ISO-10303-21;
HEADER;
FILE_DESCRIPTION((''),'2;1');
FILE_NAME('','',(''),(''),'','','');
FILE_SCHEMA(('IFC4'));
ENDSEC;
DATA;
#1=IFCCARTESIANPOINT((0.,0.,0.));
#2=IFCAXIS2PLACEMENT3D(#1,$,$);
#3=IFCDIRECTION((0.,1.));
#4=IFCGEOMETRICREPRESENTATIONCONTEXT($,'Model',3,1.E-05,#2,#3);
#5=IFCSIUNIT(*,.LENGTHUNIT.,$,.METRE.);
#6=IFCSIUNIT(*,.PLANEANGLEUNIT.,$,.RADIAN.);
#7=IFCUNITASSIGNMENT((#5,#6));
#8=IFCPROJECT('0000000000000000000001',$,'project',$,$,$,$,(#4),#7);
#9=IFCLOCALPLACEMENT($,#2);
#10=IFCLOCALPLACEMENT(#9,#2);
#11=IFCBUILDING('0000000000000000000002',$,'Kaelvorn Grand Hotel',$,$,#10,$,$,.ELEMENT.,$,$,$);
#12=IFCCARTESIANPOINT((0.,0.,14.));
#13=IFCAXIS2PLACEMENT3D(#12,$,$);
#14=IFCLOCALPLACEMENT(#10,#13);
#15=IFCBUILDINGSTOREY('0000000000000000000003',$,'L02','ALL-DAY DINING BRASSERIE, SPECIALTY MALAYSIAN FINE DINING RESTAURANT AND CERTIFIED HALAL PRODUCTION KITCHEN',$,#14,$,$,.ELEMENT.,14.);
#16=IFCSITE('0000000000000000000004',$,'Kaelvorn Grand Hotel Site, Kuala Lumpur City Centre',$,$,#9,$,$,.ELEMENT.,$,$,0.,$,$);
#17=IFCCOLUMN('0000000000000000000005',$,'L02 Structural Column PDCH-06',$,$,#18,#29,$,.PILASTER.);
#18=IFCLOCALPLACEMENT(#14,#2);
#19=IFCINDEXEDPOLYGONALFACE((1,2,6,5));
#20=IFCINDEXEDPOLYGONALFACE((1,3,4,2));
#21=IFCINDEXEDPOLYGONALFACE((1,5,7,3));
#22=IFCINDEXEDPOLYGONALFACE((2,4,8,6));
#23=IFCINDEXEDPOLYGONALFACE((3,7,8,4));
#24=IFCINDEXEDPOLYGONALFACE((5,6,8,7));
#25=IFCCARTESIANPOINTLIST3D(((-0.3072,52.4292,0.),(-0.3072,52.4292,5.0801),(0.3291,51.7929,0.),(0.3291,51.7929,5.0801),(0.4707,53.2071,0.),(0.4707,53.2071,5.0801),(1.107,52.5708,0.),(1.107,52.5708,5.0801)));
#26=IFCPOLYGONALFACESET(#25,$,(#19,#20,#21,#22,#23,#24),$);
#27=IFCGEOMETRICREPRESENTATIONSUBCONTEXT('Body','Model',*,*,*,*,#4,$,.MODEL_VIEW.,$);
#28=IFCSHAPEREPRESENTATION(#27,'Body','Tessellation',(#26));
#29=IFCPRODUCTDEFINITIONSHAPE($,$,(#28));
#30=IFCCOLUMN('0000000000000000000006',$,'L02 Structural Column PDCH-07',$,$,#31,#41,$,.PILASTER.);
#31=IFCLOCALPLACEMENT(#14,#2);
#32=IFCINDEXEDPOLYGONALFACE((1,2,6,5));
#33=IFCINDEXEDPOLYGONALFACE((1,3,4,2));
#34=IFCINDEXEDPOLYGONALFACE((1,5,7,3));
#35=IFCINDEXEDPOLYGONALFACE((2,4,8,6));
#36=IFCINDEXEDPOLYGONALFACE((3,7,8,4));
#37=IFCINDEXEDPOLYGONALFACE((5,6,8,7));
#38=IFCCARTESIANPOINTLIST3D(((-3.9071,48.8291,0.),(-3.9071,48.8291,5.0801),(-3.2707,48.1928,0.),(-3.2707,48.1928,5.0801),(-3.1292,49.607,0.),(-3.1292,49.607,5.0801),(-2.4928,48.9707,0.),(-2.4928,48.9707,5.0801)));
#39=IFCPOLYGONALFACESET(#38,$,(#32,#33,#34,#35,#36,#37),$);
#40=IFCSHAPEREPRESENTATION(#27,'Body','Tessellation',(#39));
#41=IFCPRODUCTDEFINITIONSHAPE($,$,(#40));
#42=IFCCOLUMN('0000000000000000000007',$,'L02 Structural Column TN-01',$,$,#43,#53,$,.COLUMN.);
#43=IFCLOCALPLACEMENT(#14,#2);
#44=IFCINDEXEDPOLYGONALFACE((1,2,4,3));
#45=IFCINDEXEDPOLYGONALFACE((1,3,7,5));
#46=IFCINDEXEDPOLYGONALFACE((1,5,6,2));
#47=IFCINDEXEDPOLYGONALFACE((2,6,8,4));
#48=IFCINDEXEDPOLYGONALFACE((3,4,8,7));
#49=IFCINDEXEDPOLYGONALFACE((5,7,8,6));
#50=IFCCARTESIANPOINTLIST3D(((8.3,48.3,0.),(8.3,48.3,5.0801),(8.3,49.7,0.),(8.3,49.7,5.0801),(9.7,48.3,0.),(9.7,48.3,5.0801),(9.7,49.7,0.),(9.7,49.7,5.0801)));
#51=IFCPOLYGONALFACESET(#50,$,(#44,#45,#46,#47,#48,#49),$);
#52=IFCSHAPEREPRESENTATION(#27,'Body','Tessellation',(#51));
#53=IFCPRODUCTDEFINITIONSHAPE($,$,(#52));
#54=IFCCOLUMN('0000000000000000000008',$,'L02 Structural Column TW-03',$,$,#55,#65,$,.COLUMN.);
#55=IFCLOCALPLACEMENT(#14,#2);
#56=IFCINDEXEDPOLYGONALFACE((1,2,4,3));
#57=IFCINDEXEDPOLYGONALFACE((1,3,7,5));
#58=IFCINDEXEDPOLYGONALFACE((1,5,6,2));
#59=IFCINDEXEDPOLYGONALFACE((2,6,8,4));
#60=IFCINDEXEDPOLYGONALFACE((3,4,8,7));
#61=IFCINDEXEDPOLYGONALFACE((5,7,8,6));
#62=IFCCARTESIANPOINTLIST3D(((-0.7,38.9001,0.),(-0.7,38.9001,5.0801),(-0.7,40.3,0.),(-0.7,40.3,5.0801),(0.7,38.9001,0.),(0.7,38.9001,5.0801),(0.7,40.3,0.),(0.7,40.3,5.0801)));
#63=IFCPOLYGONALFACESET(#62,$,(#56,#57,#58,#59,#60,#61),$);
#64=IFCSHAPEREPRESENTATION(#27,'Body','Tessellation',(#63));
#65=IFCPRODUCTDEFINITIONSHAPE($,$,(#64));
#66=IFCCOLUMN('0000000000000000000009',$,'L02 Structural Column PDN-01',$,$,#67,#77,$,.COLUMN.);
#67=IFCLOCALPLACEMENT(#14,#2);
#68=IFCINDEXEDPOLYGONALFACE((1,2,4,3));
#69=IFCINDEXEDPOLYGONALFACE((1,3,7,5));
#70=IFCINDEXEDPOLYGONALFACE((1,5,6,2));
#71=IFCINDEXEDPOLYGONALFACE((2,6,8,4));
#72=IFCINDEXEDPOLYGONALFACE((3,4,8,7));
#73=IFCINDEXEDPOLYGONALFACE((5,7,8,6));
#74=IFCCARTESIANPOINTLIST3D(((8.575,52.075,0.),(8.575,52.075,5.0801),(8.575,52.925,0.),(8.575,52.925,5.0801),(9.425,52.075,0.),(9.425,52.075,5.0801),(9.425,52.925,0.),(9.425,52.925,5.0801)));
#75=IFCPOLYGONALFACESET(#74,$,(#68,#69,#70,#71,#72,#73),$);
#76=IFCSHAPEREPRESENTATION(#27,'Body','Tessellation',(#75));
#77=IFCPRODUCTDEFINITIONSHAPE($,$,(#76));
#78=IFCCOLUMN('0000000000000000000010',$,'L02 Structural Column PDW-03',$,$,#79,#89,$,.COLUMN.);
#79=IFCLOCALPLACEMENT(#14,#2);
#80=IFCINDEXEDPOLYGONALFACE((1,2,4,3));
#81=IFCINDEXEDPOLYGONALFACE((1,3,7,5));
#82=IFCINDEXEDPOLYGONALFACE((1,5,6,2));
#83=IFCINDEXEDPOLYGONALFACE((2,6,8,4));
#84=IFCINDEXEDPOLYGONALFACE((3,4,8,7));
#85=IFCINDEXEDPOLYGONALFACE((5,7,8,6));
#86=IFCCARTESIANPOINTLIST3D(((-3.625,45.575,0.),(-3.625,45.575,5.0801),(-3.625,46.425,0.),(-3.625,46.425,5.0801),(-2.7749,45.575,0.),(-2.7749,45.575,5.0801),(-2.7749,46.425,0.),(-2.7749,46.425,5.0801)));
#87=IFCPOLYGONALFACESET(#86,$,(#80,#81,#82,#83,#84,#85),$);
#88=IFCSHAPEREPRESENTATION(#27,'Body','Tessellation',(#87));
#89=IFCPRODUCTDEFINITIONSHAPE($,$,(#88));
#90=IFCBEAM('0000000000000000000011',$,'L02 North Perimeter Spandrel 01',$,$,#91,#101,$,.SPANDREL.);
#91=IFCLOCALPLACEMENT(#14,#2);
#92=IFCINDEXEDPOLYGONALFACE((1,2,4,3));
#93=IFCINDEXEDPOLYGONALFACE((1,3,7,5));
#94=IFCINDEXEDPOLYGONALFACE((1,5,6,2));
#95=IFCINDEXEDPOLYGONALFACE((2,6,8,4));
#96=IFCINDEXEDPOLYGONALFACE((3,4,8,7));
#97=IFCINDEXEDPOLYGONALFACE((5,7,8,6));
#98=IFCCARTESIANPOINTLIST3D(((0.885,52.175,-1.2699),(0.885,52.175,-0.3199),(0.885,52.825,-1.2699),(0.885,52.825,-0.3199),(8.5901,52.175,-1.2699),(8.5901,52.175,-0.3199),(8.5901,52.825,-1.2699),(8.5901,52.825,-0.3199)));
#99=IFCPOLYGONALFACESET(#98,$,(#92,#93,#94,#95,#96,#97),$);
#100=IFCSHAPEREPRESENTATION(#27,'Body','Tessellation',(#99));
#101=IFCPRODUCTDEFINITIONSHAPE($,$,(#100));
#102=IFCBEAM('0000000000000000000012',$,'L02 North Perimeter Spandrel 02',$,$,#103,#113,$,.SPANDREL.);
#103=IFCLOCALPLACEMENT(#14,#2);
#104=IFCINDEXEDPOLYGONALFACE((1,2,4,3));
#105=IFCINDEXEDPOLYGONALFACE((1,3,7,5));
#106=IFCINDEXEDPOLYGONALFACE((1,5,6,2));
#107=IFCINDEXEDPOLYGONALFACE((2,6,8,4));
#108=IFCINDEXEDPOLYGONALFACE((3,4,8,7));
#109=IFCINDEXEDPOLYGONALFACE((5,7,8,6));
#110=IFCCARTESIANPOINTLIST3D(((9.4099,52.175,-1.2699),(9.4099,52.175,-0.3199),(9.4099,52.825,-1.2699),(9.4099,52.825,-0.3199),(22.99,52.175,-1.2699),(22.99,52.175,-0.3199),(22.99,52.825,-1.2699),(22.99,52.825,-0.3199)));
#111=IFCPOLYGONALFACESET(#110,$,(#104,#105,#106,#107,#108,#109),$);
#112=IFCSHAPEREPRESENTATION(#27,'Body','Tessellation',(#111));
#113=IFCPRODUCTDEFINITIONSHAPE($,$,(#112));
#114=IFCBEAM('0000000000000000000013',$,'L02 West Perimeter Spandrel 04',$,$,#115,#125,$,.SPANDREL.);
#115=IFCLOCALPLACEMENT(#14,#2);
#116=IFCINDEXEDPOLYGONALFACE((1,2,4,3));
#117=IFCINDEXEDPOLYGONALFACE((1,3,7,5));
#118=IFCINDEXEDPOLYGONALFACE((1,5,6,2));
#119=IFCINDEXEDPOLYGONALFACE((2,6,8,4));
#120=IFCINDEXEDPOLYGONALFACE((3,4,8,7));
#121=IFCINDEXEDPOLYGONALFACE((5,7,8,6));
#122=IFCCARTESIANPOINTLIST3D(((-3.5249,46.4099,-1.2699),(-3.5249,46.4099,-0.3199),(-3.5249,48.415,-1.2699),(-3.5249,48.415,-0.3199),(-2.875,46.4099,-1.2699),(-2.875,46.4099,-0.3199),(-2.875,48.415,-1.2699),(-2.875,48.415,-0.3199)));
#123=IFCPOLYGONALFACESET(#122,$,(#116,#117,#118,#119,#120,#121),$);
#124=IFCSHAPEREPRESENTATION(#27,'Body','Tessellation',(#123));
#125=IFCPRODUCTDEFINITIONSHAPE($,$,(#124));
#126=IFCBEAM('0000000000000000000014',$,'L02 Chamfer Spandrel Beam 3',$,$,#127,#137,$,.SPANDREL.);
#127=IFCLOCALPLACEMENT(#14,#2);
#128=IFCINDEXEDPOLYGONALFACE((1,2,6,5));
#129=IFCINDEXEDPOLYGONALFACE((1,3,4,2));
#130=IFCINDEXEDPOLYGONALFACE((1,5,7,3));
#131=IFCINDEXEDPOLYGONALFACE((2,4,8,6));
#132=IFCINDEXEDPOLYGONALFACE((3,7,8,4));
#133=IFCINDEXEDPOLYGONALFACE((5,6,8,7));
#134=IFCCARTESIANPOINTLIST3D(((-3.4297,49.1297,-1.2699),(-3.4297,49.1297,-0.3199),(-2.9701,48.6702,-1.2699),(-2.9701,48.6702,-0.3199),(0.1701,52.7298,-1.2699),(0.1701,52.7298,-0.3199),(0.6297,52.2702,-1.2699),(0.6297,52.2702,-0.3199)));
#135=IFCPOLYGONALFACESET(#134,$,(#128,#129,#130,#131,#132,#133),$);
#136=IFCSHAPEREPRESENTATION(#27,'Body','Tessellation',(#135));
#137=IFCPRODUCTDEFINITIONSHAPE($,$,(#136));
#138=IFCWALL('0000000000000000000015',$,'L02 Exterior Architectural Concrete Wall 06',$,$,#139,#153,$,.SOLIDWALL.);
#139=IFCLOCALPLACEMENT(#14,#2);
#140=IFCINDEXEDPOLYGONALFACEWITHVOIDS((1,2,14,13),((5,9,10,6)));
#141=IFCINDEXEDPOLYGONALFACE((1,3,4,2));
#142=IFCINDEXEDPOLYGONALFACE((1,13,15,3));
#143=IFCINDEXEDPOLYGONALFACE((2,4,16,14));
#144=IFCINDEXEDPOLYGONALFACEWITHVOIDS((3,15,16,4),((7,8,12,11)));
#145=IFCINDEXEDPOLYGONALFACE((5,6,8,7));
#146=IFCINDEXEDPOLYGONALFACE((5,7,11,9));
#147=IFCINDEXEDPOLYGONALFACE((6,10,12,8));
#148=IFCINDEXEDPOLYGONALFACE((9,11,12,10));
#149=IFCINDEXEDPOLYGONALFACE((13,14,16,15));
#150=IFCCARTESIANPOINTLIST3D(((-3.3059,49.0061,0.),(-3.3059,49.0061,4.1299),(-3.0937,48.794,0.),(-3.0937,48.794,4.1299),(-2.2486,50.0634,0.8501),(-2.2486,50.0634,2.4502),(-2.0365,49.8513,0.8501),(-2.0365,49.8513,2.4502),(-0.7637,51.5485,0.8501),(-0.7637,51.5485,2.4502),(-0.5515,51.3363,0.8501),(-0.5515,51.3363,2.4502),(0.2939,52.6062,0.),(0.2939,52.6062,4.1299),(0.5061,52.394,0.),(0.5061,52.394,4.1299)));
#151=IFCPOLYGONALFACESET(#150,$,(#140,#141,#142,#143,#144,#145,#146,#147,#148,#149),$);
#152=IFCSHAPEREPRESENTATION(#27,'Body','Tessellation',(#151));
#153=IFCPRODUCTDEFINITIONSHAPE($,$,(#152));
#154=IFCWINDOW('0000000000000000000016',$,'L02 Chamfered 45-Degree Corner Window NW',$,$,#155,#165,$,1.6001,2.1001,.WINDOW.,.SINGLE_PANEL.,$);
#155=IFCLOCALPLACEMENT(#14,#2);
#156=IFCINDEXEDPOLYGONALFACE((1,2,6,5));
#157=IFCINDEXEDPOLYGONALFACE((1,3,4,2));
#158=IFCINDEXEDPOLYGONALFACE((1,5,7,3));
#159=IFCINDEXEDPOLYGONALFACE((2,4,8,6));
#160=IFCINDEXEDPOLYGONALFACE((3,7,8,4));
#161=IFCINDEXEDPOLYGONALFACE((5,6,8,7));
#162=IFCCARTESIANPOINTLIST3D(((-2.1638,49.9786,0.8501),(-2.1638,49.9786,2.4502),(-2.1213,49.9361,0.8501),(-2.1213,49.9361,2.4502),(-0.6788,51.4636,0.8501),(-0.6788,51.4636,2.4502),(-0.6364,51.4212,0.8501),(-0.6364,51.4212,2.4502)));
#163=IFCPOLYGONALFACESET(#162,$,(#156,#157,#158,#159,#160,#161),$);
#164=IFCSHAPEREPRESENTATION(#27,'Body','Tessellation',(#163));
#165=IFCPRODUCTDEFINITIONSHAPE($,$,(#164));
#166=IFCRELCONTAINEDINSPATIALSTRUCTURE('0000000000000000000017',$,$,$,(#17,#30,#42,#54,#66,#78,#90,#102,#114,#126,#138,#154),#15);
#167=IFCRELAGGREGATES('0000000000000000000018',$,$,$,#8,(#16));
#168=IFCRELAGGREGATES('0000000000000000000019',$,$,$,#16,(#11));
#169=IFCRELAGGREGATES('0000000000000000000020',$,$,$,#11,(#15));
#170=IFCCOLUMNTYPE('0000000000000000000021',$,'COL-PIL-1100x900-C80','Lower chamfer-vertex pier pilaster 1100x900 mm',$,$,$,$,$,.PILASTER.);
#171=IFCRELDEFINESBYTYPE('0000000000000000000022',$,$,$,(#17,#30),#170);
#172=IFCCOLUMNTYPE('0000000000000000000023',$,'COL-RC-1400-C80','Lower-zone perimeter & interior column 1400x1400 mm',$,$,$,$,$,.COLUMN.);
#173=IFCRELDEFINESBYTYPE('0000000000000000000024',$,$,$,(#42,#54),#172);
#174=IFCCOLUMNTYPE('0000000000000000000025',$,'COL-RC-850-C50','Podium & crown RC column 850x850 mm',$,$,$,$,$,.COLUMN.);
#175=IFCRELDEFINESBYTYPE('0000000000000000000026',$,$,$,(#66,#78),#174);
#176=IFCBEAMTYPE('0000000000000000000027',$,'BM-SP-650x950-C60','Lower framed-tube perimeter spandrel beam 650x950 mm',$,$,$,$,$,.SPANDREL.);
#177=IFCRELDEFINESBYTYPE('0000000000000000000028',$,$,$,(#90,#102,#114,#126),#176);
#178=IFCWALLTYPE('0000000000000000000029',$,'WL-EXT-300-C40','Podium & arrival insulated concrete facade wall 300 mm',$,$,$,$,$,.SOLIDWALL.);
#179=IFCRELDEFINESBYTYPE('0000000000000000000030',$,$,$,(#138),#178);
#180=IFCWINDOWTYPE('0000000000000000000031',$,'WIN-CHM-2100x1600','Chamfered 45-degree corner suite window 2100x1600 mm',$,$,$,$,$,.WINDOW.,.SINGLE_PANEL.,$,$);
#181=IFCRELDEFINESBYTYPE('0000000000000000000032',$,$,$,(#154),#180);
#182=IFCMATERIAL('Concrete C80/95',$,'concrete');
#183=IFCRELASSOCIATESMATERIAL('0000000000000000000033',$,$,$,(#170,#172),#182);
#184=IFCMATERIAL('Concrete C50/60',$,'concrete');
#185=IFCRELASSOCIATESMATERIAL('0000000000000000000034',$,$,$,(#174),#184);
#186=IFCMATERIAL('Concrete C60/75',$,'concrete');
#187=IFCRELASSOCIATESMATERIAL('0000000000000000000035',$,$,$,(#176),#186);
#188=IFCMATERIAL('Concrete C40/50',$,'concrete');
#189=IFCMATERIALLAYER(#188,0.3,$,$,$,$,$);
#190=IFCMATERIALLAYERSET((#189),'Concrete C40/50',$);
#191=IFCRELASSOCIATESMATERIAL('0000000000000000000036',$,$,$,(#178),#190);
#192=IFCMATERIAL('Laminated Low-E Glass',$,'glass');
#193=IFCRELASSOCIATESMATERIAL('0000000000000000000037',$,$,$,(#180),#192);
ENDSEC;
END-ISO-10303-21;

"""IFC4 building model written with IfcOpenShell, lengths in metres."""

from ifc_helpers import new_model, si_unit, direction, frame, frame_2d, origin, origin_2d, place, context, subcontext, project, spatial, rectangle, extrude, material, layer, layer_set, material_profile, profile_set, type_object, element, fill, save


model = new_model("IFC4")

# Units and contexts
model_context = context("Model", 3, precision=1e-05, world=origin(), true_north=direction((0.0, 1.0)))
body_context = subcontext(model_context, "Body", "Model", "MODEL_VIEW")
ifc_project = project(units=[si_unit("LENGTHUNIT", "METRE"), si_unit("PLANEANGLEUNIT", "RADIAN")], contexts=[model_context])

# Site, building, storey
site_placement = place(None, origin())
site = spatial("IfcSite", under=ifc_project, at=site_placement, Name="Kaelvorn Grand Hotel Site, Kuala Lumpur City Centre", CompositionType="ELEMENT", RefElevation=0.0)
building_placement = place(site_placement, origin())
building = spatial("IfcBuilding", under=site, at=building_placement, Name="Kaelvorn Grand Hotel", CompositionType="ELEMENT")
storey_placement = place(building_placement, frame((0.0, 0.0, 14.0)))
storey = spatial("IfcBuildingStorey", under=building, at=storey_placement, Name="L02", Description="ALL-DAY DINING BRASSERIE, SPECIALTY MALAYSIAN FINE DINING RESTAURANT AND CERTIFIED HALAL PRODUCTION KITCHEN", CompositionType="ELEMENT", Elevation=14.0)

# Columns
ifc_material_1 = material(Name="Concrete C80/95", Category="concrete")
ifc_material_profile_1 = material_profile(ifc_material_1, rectangle(XDim=1.1001, YDim=0.8999, at=origin_2d()), Name="RC PILASTER 1100x900")
ifc_profile_set_1 = profile_set([ifc_material_profile_1], Name="Concrete C80/95")
column_type_1 = type_object("IfcColumnType", Name="COL-PIL-1100x900-C80", Description="Lower chamfer-vertex pier pilaster 1100x900 mm", PredefinedType="PILASTER", material=ifc_profile_set_1)
for number, where, z_axis, x_axis, name in (
    (1, (0.3999, 52.5, 0.0), (0.0, 0.0, 1.0), (0.707107, 0.707107, 0.0), "L02 Structural Column PDCH-06"),
    (2, (-3.2, 48.8999, 0.0), (0.0, 0.0, 1.0), (0.707107, 0.707107, 0.0), "L02 Structural Column PDCH-07"),
):
    element("IfcColumn", number, at=place(storey_placement, frame(where, z_axis=z_axis, x_axis=x_axis)), inside=storey, type_object=column_type_1, Name=name, PredefinedType="PILASTER", context=body_context, shape_type="SweptSolid", body=[
        extrude(rectangle(XDim=1.1001, YDim=0.8999, at=origin_2d()), origin(), (0.0, 0.0, 1.0), 5.0801),
    ])
ifc_material_profile_2 = material_profile(ifc_material_1, rectangle(XDim=1.3999, YDim=1.3999, at=origin_2d()), Name="RC COL 1400x1400")
ifc_profile_set_2 = profile_set([ifc_material_profile_2], Name="Concrete C80/95")
column_type_2 = type_object("IfcColumnType", Name="COL-RC-1400-C80", Description="Lower-zone perimeter & interior column 1400x1400 mm", PredefinedType="COLUMN", material=ifc_profile_set_2)
for number, where, z_axis, x_axis, name in (
    (3, (9.0, 49.0, 0.0), (0.0, 0.0, 1.0), (1.0, 0.0, 0.0), "L02 Structural Column TN-01"),
    (4, (0.0, 39.6001, 0.0), (0.0, 0.0, 1.0), (1.0, 0.0, 0.0), "L02 Structural Column TW-03"),
):
    element("IfcColumn", number, at=place(storey_placement, frame(where, z_axis=z_axis, x_axis=x_axis)), inside=storey, type_object=column_type_2, Name=name, PredefinedType="COLUMN", context=body_context, shape_type="SweptSolid", body=[
        extrude(rectangle(XDim=1.3999, YDim=1.3999, at=origin_2d()), origin(), (0.0, 0.0, 1.0), 5.0801),
    ])
ifc_material_2 = material(Name="Concrete C50/60", Category="concrete")
ifc_material_profile_3 = material_profile(ifc_material_2, rectangle(XDim=0.8501, YDim=0.8501, at=origin_2d()), Name="RC COL 850x850")
ifc_profile_set_3 = profile_set([ifc_material_profile_3], Name="Concrete C50/60")
column_type_3 = type_object("IfcColumnType", Name="COL-RC-850-C50", Description="Podium & crown RC column 850x850 mm", PredefinedType="COLUMN", material=ifc_profile_set_3)
for number, where, z_axis, x_axis, name in (
    (5, (9.0, 52.5, 0.0), (0.0, 0.0, 1.0), (1.0, 0.0, 0.0), "L02 Structural Column PDN-01"),
    (6, (-3.2, 46.0, 0.0), (0.0, 0.0, 1.0), (1.0, 0.0, 0.0), "L02 Structural Column PDW-03"),
):
    element("IfcColumn", number, at=place(storey_placement, frame(where, z_axis=z_axis, x_axis=x_axis)), inside=storey, type_object=column_type_3, Name=name, PredefinedType="COLUMN", context=body_context, shape_type="SweptSolid", body=[
        extrude(rectangle(XDim=0.8501, YDim=0.8501, at=origin_2d()), origin(), (0.0, 0.0, 1.0), 5.0801),
    ])

# Beams
ifc_material_3 = material(Name="Concrete C60/75", Category="concrete")
ifc_material_profile_4 = material_profile(ifc_material_3, rectangle(XDim=0.6499, YDim=0.95, at=origin_2d()), Name="RC SPANDREL 650x950")
ifc_profile_set_4 = profile_set([ifc_material_profile_4], Name="Concrete C60/75")
beam_type = type_object("IfcBeamType", Name="BM-SP-650x950-C60", Description="Lower framed-tube perimeter spandrel beam 650x950 mm", PredefinedType="SPANDREL", material=ifc_profile_set_4)
beam_1_placement = place(storey_placement, frame((0.885, 52.5, -0.7949), z_axis=(1.0, 0.0, 0.0), x_axis=(0.0, 1.0, 0.0)))
element("IfcBeam", 7, at=beam_1_placement, inside=storey, type_object=beam_type, Name="L02 North Perimeter Spandrel 01", PredefinedType="SPANDREL", context=body_context, shape_type="SweptSolid", body=[
    extrude(rectangle(XDim=0.6499, YDim=0.95, at=origin_2d()), origin(), (0.0, 0.0, 1.0), 7.7051),
])
beam_2_placement = place(storey_placement, frame((9.4099, 52.5, -0.7949), z_axis=(1.0, 0.0, 0.0), x_axis=(0.0, 1.0, 0.0)))
element("IfcBeam", 8, at=beam_2_placement, inside=storey, type_object=beam_type, Name="L02 North Perimeter Spandrel 02", PredefinedType="SPANDREL", context=body_context, shape_type="SweptSolid", body=[
    extrude(rectangle(XDim=0.6499, YDim=0.95, at=origin_2d()), origin(), (0.0, 0.0, 1.0), 13.5801),
])
beam_3_placement = place(storey_placement, frame((-3.2, 46.4099, -0.7949), z_axis=(0.0, 1.0, 0.0), x_axis=(-1.0, 0.0, 0.0)))
element("IfcBeam", 9, at=beam_3_placement, inside=storey, type_object=beam_type, Name="L02 West Perimeter Spandrel 04", PredefinedType="SPANDREL", context=body_context, shape_type="SweptSolid", body=[
    extrude(rectangle(XDim=0.6499, YDim=0.95, at=origin_2d()), origin(), (0.0, 0.0, 1.0), 2.0051),
])
beam_4_placement = place(storey_placement, frame((0.3999, 52.5, -0.7949), z_axis=(-0.707083, -0.707131, 0.0), x_axis=(0.707131, -0.707083, 0.0)))
element("IfcBeam", 10, at=beam_4_placement, inside=storey, type_object=beam_type, Name="L02 Chamfer Spandrel Beam 3", PredefinedType="SPANDREL", context=body_context, shape_type="SweptSolid", body=[
    extrude(rectangle(XDim=0.6499, YDim=0.95, at=origin_2d()), origin(), (0.0, 0.0, 1.0), 5.0911),
])

# Wall, opening, window
ifc_material_4 = material(Name="Concrete C40/50", Category="concrete")
ifc_layer_1 = layer(ifc_material_4, 0.3)
ifc_layer_set_1 = layer_set([ifc_layer_1], Name="Concrete C40/50")
wall_type_1 = type_object("IfcWallType", Name="WL-EXT-300-C40", Description="Podium & arrival insulated concrete facade wall 300 mm", PredefinedType="SOLIDWALL", material=ifc_layer_set_1)
wall_1_placement = place(storey_placement, frame((0.3999, 52.5, 0.0), z_axis=(0.0, 0.0, 1.0), x_axis=(-0.707083, -0.707131, 0.0)))
wall_1 = element("IfcWall", 11, at=wall_1_placement, inside=storey, type_object=wall_type_1, Name="L02 Exterior Architectural Concrete Wall 06", PredefinedType="SOLIDWALL", context=body_context, shape_type="SweptSolid", body=[
    extrude(rectangle(XDim=5.0911, YDim=0.3, at=frame_2d((2.5454, 0.0))), origin(), (0.0, 0.0, 1.0), 4.1299),
])
opening_1_placement = place(wall_1_placement, frame((1.4956, 0.0, 0.8501)))
opening_1 = element("IfcOpeningElement", 12, at=opening_1_placement, cuts=wall_1, PredefinedType="OPENING", context=body_context, shape_type="SweptSolid", body=[
    extrude(rectangle(XDim=2.1001, YDim=1.6001, at=frame_2d((1.05, 0.8))), frame((0.0, 0.1602, 0.0), z_axis=(0.0, -1.0, 0.0), x_axis=(1.0, 0.0, 0.0)), (0.0, 0.0, 1.0), 0.3201),
])
ifc_material_5 = material(Name="Laminated Low-E Glass", Category="glass")
window_type_1 = type_object("IfcWindowType", Name="WIN-CHM-2100x1600", Description="Chamfered 45-degree corner suite window 2100x1600 mm", PartitioningType="SINGLE_PANEL", PredefinedType="WINDOW", material=ifc_material_5)
window_1_placement = place(opening_1_placement, origin())
window_1 = element("IfcWindow", 13, at=window_1_placement, inside=storey, type_object=window_type_1, Name="L02 Chamfered 45-Degree Corner Window NW", OverallHeight=1.6001, OverallWidth=2.1001, PartitioningType="SINGLE_PANEL", PredefinedType="WINDOW", context=body_context, shape_type="SweptSolid", body=[
    extrude(rectangle(XDim=2.1001, YDim=1.6001, at=frame_2d((1.05, 0.8))), frame((0.0, 0.03, 0.0), z_axis=(0.0, -1.0, 0.0), x_axis=(1.0, 0.0, 0.0)), (0.0, 0.0, 1.0), 0.0601),
])
fill(opening_1, window_1)

save(model, "model.ifc")
